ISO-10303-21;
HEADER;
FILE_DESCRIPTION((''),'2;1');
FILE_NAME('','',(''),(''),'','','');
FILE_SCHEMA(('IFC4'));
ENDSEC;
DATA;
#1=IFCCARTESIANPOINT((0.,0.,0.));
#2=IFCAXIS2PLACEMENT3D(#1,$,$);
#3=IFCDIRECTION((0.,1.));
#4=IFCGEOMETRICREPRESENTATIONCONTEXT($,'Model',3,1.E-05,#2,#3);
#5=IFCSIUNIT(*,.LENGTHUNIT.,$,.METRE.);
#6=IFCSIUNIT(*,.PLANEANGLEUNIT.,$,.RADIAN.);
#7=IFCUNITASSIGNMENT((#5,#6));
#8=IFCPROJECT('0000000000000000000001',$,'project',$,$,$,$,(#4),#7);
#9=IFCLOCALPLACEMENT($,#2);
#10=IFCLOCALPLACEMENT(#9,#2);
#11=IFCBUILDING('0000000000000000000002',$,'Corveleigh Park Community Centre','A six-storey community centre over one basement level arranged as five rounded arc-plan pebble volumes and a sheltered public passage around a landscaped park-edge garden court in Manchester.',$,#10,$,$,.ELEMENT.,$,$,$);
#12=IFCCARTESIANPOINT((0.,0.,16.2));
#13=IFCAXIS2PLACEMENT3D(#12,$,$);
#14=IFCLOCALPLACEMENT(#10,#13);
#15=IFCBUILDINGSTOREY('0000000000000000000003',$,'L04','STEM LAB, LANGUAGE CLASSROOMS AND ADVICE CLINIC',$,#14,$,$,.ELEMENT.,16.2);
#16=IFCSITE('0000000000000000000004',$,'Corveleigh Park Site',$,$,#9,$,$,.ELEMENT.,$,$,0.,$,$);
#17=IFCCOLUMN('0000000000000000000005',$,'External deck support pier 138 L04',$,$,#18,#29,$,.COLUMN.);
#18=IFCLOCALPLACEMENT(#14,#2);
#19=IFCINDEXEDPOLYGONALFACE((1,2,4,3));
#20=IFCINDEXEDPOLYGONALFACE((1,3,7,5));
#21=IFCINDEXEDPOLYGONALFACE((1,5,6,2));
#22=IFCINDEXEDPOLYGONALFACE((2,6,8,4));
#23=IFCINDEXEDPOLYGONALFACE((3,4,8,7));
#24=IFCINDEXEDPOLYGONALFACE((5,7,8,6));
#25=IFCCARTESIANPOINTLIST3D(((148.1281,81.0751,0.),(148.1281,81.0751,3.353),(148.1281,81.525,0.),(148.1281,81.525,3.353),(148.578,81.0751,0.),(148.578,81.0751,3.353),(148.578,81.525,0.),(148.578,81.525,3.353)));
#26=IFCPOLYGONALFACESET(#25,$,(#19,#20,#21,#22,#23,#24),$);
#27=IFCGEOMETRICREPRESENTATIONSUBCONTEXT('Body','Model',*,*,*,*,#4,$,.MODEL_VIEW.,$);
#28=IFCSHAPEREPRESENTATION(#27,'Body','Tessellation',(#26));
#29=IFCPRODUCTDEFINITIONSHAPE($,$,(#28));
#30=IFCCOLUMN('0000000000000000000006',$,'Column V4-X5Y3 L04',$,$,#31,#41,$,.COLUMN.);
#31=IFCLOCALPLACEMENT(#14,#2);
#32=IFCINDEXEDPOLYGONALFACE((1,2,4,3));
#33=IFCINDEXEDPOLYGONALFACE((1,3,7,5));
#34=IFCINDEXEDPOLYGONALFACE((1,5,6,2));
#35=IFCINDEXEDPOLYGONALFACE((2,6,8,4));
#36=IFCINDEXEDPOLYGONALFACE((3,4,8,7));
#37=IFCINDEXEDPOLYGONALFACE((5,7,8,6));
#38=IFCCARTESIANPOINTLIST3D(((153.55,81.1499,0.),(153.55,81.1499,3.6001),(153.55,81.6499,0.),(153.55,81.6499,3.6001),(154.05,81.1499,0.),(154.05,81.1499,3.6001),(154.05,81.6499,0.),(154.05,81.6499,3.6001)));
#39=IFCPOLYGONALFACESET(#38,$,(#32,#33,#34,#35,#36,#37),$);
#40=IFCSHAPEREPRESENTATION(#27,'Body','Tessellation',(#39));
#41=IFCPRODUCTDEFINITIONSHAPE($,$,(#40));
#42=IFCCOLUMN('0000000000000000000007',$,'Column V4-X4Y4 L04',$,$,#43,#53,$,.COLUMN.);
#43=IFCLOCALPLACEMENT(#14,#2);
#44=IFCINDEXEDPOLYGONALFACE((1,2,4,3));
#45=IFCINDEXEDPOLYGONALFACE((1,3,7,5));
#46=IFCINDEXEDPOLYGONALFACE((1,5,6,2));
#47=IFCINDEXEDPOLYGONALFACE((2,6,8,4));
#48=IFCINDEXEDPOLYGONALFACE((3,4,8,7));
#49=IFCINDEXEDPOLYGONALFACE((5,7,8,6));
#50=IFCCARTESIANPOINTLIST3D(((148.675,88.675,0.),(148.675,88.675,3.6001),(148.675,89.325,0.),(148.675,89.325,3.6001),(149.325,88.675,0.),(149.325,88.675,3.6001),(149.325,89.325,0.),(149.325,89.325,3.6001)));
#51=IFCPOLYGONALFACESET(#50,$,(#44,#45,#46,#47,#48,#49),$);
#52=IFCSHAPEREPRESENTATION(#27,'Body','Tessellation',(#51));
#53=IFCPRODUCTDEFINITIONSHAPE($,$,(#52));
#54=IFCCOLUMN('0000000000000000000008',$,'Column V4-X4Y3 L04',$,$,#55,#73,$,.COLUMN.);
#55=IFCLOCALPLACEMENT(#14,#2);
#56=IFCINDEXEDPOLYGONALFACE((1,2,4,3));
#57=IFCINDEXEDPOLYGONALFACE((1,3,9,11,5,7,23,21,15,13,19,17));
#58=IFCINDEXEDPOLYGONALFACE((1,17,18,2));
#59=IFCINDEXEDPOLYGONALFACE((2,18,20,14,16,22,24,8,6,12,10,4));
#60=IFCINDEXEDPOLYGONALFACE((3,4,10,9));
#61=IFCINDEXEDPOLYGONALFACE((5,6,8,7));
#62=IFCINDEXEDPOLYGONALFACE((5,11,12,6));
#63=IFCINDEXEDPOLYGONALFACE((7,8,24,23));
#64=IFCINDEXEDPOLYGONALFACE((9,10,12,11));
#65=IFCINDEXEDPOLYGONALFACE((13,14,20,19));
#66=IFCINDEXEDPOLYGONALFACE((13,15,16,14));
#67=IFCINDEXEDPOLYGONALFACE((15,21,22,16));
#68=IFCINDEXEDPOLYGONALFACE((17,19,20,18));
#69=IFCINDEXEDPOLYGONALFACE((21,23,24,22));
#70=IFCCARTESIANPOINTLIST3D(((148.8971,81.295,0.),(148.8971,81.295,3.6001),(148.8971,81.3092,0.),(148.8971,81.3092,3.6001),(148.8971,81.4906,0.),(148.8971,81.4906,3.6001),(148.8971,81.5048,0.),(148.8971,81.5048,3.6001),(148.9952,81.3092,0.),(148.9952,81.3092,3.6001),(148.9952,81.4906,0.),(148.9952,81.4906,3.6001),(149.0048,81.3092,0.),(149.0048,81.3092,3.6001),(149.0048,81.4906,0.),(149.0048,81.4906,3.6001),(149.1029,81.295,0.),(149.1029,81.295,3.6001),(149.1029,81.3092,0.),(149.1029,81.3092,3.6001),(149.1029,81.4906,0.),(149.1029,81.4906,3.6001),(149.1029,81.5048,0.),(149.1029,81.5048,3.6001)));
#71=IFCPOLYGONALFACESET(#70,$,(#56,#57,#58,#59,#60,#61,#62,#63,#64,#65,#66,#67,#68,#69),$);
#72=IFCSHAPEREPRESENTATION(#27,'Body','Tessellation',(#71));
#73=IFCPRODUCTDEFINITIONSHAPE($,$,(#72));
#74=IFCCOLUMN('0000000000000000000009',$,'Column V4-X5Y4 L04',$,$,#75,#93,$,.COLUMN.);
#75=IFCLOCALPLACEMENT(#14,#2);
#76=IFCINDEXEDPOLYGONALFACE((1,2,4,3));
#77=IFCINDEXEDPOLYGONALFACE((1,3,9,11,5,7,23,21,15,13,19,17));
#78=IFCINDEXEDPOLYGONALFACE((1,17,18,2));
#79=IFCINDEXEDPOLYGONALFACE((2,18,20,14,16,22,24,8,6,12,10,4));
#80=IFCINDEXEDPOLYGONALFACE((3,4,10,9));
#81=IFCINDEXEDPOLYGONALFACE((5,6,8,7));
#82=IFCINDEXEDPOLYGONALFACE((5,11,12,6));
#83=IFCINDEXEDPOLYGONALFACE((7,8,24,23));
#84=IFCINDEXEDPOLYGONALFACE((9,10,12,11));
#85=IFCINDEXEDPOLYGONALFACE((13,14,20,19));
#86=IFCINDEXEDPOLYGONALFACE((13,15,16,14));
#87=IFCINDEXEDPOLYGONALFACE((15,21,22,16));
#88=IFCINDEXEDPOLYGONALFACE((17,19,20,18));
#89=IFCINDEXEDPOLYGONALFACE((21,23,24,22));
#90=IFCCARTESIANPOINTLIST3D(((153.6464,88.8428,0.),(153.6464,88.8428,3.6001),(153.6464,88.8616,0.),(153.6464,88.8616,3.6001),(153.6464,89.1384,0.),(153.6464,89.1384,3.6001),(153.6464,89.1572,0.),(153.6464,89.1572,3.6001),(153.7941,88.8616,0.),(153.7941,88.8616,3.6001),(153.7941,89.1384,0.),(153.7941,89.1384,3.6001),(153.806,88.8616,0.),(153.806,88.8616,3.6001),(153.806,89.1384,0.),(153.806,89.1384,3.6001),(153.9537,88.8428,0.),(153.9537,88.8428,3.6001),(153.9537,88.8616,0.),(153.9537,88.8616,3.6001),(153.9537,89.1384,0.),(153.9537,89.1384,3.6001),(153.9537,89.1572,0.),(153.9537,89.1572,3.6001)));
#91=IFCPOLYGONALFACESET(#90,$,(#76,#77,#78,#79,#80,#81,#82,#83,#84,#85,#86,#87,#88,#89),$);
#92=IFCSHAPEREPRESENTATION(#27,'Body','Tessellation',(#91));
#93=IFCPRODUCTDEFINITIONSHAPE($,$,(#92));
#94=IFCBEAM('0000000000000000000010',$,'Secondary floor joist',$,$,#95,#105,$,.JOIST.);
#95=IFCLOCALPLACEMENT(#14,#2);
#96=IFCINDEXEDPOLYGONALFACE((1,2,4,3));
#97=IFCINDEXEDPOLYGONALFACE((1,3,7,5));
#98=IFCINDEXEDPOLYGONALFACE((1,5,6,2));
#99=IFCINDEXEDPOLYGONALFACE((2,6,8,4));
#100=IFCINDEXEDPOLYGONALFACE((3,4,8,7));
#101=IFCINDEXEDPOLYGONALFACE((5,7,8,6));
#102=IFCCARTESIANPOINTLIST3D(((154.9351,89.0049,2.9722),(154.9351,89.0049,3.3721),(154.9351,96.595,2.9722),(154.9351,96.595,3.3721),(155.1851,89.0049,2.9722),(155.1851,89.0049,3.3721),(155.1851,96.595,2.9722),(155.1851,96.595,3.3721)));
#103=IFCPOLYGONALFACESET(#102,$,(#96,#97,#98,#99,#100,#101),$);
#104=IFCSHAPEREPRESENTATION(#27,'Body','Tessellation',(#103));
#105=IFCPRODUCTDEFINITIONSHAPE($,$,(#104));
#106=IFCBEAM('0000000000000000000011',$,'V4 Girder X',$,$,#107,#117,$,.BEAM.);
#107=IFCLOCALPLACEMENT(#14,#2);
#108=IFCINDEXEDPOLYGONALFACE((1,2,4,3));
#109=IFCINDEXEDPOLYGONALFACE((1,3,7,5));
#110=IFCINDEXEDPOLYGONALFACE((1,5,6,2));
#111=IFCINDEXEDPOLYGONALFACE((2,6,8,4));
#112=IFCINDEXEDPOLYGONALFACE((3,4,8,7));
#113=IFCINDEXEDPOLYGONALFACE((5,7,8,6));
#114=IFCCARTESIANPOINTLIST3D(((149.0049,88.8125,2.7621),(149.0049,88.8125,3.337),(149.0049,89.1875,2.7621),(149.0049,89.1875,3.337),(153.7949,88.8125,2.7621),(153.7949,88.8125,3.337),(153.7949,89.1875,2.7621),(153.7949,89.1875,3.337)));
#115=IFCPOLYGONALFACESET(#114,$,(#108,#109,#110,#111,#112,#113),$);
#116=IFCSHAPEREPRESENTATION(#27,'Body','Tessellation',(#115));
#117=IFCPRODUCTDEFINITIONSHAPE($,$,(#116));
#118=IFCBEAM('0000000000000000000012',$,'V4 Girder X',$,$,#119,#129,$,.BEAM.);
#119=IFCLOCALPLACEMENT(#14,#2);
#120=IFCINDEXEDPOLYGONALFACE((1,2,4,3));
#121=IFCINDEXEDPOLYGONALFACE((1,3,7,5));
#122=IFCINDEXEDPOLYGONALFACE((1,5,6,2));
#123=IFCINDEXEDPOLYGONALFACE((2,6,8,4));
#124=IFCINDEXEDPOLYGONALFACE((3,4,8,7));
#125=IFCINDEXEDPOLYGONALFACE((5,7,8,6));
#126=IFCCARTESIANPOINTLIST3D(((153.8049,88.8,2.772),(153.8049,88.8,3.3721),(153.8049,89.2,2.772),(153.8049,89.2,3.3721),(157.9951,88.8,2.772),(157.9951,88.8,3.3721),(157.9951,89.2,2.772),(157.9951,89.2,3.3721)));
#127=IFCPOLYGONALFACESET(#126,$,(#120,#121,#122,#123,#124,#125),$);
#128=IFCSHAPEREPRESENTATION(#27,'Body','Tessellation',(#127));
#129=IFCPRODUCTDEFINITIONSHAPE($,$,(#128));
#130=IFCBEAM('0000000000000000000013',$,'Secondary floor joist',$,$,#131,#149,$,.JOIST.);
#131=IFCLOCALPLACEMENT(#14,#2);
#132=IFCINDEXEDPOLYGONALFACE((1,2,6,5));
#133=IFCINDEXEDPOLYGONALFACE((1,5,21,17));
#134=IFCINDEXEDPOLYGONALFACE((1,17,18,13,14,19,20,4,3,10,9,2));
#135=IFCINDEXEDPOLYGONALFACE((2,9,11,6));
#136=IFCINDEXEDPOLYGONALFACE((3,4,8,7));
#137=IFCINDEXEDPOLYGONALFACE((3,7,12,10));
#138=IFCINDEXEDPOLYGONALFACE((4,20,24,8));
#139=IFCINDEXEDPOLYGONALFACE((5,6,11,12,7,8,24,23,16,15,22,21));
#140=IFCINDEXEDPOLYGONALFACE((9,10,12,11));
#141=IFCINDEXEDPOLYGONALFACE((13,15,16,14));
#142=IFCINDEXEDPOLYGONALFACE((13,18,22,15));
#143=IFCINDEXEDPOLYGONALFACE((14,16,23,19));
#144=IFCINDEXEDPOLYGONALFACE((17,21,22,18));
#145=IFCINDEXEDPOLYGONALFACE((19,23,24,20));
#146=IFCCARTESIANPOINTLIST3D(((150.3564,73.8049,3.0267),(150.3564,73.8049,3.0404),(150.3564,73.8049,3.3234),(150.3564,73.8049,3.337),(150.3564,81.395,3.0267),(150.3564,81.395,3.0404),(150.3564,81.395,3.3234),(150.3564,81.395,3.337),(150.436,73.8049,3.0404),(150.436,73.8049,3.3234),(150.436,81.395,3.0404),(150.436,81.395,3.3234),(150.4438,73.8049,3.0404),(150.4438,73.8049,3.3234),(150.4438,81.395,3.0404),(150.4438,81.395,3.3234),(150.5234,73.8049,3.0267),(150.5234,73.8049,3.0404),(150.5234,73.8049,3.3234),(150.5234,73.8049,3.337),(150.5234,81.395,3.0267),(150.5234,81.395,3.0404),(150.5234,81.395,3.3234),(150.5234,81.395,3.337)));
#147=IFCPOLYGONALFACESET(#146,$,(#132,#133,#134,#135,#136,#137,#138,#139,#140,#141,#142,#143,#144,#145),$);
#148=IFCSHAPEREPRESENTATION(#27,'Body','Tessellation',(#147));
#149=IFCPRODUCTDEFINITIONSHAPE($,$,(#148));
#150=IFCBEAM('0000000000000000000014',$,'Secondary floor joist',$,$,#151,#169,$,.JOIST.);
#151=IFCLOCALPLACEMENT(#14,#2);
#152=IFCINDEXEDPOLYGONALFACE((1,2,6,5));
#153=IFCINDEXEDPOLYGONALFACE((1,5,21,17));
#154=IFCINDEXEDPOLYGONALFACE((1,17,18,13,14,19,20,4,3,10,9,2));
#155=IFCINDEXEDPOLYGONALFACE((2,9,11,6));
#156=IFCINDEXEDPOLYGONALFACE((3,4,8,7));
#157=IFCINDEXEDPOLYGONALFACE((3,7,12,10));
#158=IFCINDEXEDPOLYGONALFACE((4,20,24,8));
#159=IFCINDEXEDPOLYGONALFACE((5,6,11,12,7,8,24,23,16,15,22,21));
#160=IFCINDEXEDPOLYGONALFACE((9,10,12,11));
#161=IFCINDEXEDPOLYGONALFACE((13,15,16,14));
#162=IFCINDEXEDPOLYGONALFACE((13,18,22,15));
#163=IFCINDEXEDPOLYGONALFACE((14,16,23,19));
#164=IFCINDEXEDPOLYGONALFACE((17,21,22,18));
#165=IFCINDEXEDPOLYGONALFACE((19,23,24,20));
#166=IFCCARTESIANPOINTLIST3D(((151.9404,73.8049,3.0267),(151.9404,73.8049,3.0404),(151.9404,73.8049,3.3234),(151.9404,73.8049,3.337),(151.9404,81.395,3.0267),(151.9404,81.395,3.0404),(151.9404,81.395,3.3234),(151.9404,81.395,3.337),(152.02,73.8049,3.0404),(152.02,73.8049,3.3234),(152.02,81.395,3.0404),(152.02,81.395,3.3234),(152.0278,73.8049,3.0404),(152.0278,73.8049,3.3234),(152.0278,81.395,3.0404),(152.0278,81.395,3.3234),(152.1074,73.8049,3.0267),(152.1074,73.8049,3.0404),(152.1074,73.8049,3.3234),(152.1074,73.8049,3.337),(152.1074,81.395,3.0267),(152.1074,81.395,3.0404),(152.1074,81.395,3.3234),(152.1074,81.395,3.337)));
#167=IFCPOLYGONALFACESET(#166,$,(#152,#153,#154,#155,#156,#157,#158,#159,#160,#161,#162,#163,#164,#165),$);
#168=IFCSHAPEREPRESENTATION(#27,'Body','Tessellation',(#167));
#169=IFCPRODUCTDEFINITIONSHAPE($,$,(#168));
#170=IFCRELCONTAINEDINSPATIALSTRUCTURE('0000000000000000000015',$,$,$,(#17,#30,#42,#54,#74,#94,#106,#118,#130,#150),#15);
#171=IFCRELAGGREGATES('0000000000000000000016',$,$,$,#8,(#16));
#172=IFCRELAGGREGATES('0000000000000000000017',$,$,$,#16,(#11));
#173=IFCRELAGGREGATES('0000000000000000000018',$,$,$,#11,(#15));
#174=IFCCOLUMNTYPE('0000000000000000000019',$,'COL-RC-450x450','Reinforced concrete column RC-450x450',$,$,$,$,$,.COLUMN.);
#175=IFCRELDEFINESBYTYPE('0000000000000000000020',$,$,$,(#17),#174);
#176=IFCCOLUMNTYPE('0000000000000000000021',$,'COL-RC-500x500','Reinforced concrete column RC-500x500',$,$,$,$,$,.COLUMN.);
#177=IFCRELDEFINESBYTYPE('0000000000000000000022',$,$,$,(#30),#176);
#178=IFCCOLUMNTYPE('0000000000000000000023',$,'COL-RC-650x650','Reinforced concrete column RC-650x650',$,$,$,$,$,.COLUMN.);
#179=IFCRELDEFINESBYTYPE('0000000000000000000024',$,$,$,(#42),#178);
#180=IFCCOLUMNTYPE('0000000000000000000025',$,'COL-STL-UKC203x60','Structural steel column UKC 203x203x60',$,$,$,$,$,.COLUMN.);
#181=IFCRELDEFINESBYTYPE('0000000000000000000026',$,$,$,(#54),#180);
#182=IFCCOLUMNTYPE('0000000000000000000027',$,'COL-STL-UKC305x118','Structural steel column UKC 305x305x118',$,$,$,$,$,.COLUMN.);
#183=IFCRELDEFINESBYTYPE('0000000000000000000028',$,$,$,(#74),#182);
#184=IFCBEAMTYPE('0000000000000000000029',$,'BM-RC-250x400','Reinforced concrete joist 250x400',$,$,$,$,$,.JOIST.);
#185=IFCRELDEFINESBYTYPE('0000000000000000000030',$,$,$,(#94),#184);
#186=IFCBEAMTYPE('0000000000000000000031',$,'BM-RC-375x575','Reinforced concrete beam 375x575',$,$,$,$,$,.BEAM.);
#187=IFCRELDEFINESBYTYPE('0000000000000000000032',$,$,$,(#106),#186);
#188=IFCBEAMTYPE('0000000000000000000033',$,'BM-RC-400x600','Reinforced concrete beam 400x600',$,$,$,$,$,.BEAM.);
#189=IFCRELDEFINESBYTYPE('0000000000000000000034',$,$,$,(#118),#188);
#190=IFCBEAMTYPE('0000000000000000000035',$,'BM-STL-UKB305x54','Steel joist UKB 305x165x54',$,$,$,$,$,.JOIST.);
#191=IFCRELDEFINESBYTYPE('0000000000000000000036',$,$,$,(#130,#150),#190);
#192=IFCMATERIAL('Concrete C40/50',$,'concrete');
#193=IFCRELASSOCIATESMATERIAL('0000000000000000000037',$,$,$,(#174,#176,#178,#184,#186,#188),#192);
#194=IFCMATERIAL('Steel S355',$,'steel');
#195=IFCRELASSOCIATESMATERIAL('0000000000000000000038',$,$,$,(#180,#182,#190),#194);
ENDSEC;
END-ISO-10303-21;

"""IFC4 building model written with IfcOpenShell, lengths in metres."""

from ifc_helpers import new_model, si_unit, direction, frame, origin, origin_2d, place, context, subcontext, project, spatial, rectangle, i_section, extrude, material, material_profile, profile_set, type_object, element, save


model = new_model("IFC4")

# Units and contexts
model_context = context("Model", 3, precision=1e-05, world=origin(), true_north=direction((0.0, 1.0)))
body_context = subcontext(model_context, "Body", "Model", "MODEL_VIEW")
ifc_project = project(units=[si_unit("LENGTHUNIT", "METRE"), si_unit("PLANEANGLEUNIT", "RADIAN")], contexts=[model_context])

# Site, building, storey
site_placement = place(None, origin())
site = spatial("IfcSite", under=ifc_project, at=site_placement, Name="Corveleigh Park Site", CompositionType="ELEMENT", RefElevation=0.0)
building_placement = place(site_placement, origin())
building = spatial("IfcBuilding", under=site, at=building_placement, Name="Corveleigh Park Community Centre", Description="A six-storey community centre over one basement level arranged as five rounded arc-plan pebble volumes and a sheltered public passage around a landscaped park-edge garden court in Manchester.", CompositionType="ELEMENT")
storey_placement = place(building_placement, frame((0.0, 0.0, 16.2)))
storey = spatial("IfcBuildingStorey", under=building, at=storey_placement, Name="L04", Description="STEM LAB, LANGUAGE CLASSROOMS AND ADVICE CLINIC", CompositionType="ELEMENT", Elevation=16.2)

# Columns
ifc_material_1 = material(Name="Concrete C40/50", Category="concrete")
ifc_material_profile_1 = material_profile(ifc_material_1, rectangle(XDim=0.45, YDim=0.45, at=origin_2d()), Name="RC-450x450", Category="concrete")
ifc_profile_set_1 = profile_set([ifc_material_profile_1], Name="Concrete C40/50")
column_type_1 = type_object("IfcColumnType", Name="COL-RC-450x450", Description="Reinforced concrete column RC-450x450", PredefinedType="COLUMN", material=ifc_profile_set_1)
column_1_placement = place(storey_placement, frame((148.353, 81.3, 0.0), z_axis=(0.0, 0.0, 1.0), x_axis=(1.0, 0.0, 0.0)))
element("IfcColumn", 1, at=column_1_placement, inside=storey, type_object=column_type_1, Name="External deck support pier 138 L04", PredefinedType="COLUMN", context=body_context, shape_type="SweptSolid", body=[
    extrude(rectangle(XDim=0.45, YDim=0.45, at=origin_2d()), origin(), (0.0, 0.0, 1.0), 3.353),
])
ifc_material_profile_2 = material_profile(ifc_material_1, rectangle(XDim=0.5, YDim=0.5, at=origin_2d()), Name="RC-500x500", Category="concrete")
ifc_profile_set_2 = profile_set([ifc_material_profile_2], Name="Concrete C40/50")
column_type_2 = type_object("IfcColumnType", Name="COL-RC-500x500", Description="Reinforced concrete column RC-500x500", PredefinedType="COLUMN", material=ifc_profile_set_2)
column_2_placement = place(storey_placement, frame((153.8, 81.3999, 0.0), z_axis=(0.0, 0.0, 1.0), x_axis=(1.0, 0.0, 0.0)))
element("IfcColumn", 2, at=column_2_placement, inside=storey, type_object=column_type_2, Name="Column V4-X5Y3 L04", PredefinedType="COLUMN", context=body_context, shape_type="SweptSolid", body=[
    extrude(rectangle(XDim=0.5, YDim=0.5, at=origin_2d()), origin(), (0.0, 0.0, 1.0), 3.6001),
])
ifc_material_profile_3 = material_profile(ifc_material_1, rectangle(XDim=0.6499, YDim=0.6499, at=origin_2d()), Name="RC-650x650", Category="concrete")
ifc_profile_set_3 = profile_set([ifc_material_profile_3], Name="Concrete C40/50")
column_type_3 = type_object("IfcColumnType", Name="COL-RC-650x650", Description="Reinforced concrete column RC-650x650", PredefinedType="COLUMN", material=ifc_profile_set_3)
column_3_placement = place(storey_placement, frame((149.0, 89.0, 0.0), z_axis=(0.0, 0.0, 1.0), x_axis=(1.0, 0.0, 0.0)))
element("IfcColumn", 3, at=column_3_placement, inside=storey, type_object=column_type_3, Name="Column V4-X4Y4 L04", PredefinedType="COLUMN", context=body_context, shape_type="SweptSolid", body=[
    extrude(rectangle(XDim=0.6499, YDim=0.6499, at=origin_2d()), origin(), (0.0, 0.0, 1.0), 3.6001),
])
ifc_material_2 = material(Name="Steel S355", Category="steel")
ifc_material_profile_4 = material_profile(ifc_material_2, i_section(OverallWidth=0.2058, OverallDepth=0.2097, WebThickness=0.0095, FlangeThickness=0.0142, at=origin_2d()), Name="UKC 203x203x60", Category="steel")
ifc_profile_set_4 = profile_set([ifc_material_profile_4], Name="Steel S355")
column_type_4 = type_object("IfcColumnType", Name="COL-STL-UKC203x60", Description="Structural steel column UKC 203x203x60", PredefinedType="COLUMN", material=ifc_profile_set_4)
column_4_placement = place(storey_placement, frame((149.0, 81.3999, 0.0), z_axis=(0.0, 0.0, 1.0), x_axis=(1.0, 0.0, 0.0)))
element("IfcColumn", 4, at=column_4_placement, inside=storey, type_object=column_type_4, Name="Column V4-X4Y3 L04", PredefinedType="COLUMN", context=body_context, shape_type="SweptSolid", body=[
    extrude(i_section(OverallWidth=0.2058, OverallDepth=0.2097, WebThickness=0.0095, FlangeThickness=0.0142, at=origin_2d()), origin(), (0.0, 0.0, 1.0), 3.6001),
])
ifc_material_profile_5 = material_profile(ifc_material_2, i_section(OverallWidth=0.3074, OverallDepth=0.3145, WebThickness=0.012, FlangeThickness=0.0188, at=origin_2d()), Name="UKC 305x305x118", Category="steel")
ifc_profile_set_5 = profile_set([ifc_material_profile_5], Name="Steel S355")
column_type_5 = type_object("IfcColumnType", Name="COL-STL-UKC305x118", Description="Structural steel column UKC 305x305x118", PredefinedType="COLUMN", material=ifc_profile_set_5)
column_5_placement = place(storey_placement, frame((153.8, 89.0, 0.0), z_axis=(0.0, 0.0, 1.0), x_axis=(1.0, 0.0, 0.0)))
element("IfcColumn", 5, at=column_5_placement, inside=storey, type_object=column_type_5, Name="Column V4-X5Y4 L04", PredefinedType="COLUMN", context=body_context, shape_type="SweptSolid", body=[
    extrude(i_section(OverallWidth=0.3074, OverallDepth=0.3145, WebThickness=0.012, FlangeThickness=0.0188, at=origin_2d()), origin(), (0.0, 0.0, 1.0), 3.6001),
])

# Beams
ifc_material_profile_6 = material_profile(ifc_material_1, rectangle(XDim=0.25, YDim=0.3999, at=origin_2d()), Name="RC-250x400", Category="concrete")
ifc_profile_set_6 = profile_set([ifc_material_profile_6], Name="Concrete C40/50")
beam_type_1 = type_object("IfcBeamType", Name="BM-RC-250x400", Description="Reinforced concrete joist 250x400", PredefinedType="JOIST", material=ifc_profile_set_6)
beam_1_placement = place(storey_placement, frame((155.0601, 89.0049, 3.1721), z_axis=(0.0, 1.0, 0.0), x_axis=(-1.0, 0.0, 0.0)))
element("IfcBeam", 6, at=beam_1_placement, inside=storey, type_object=beam_type_1, Name="Secondary floor joist", PredefinedType="JOIST", context=body_context, shape_type="SweptSolid", body=[
    extrude(rectangle(XDim=0.25, YDim=0.3999, at=origin_2d()), origin(), (0.0, 0.0, 1.0), 7.5901),
])
ifc_material_profile_7 = material_profile(ifc_material_1, rectangle(XDim=0.375, YDim=0.575, at=origin_2d()), Name="RC-375x575", Category="concrete")
ifc_profile_set_7 = profile_set([ifc_material_profile_7], Name="Concrete C40/50")
beam_type_2 = type_object("IfcBeamType", Name="BM-RC-375x575", Description="Reinforced concrete beam 375x575", PredefinedType="BEAM", material=ifc_profile_set_7)
beam_2_placement = place(storey_placement, frame((149.0049, 89.0, 3.0496), z_axis=(1.0, 0.0, 0.0), x_axis=(0.0, 1.0, 0.0)))
element("IfcBeam", 7, at=beam_2_placement, inside=storey, type_object=beam_type_2, Name="V4 Girder X", PredefinedType="BEAM", context=body_context, shape_type="SweptSolid", body=[
    extrude(rectangle(XDim=0.375, YDim=0.575, at=origin_2d()), origin(), (0.0, 0.0, 1.0), 4.79),
])
ifc_material_profile_8 = material_profile(ifc_material_1, rectangle(XDim=0.3999, YDim=0.6001, at=origin_2d()), Name="RC-400x600", Category="concrete")
ifc_profile_set_8 = profile_set([ifc_material_profile_8], Name="Concrete C40/50")
beam_type_3 = type_object("IfcBeamType", Name="BM-RC-400x600", Description="Reinforced concrete beam 400x600", PredefinedType="BEAM", material=ifc_profile_set_8)
beam_3_placement = place(storey_placement, frame((153.8049, 89.0, 3.072), z_axis=(1.0, 0.0, 0.0), x_axis=(0.0, 1.0, 0.0)))
element("IfcBeam", 8, at=beam_3_placement, inside=storey, type_object=beam_type_3, Name="V4 Girder X", PredefinedType="BEAM", context=body_context, shape_type="SweptSolid", body=[
    extrude(rectangle(XDim=0.3999, YDim=0.6001, at=origin_2d()), origin(), (0.0, 0.0, 1.0), 4.1902),
])
ifc_material_profile_9 = material_profile(ifc_material_2, i_section(OverallWidth=0.167, OverallDepth=0.3103, WebThickness=0.0078, FlangeThickness=0.0137, at=origin_2d()), Name="UKB 305x165x54", Category="steel")
ifc_profile_set_9 = profile_set([ifc_material_profile_9], Name="Steel S355")
beam_type_4 = type_object("IfcBeamType", Name="BM-STL-UKB305x54", Description="Steel joist UKB 305x165x54", PredefinedType="JOIST", material=ifc_profile_set_9)
for number, where, z_axis, x_axis, name in (
    (9, (150.4399, 73.8049, 3.1819), (0.0, 1.0, 0.0), (-1.0, 0.0, 0.0), "Secondary floor joist"),
    (10, (152.0239, 73.8049, 3.1819), (0.0, 1.0, 0.0), (-1.0, 0.0, 0.0), "Secondary floor joist"),
):
    element("IfcBeam", number, at=place(storey_placement, frame(where, z_axis=z_axis, x_axis=x_axis)), inside=storey, type_object=beam_type_4, Name=name, PredefinedType="JOIST", context=body_context, shape_type="SweptSolid", body=[
        extrude(i_section(OverallWidth=0.167, OverallDepth=0.3103, WebThickness=0.0078, FlangeThickness=0.0137, at=origin_2d()), origin(), (0.0, 0.0, 1.0), 7.5901),
    ])

save(model, "model.ifc")
